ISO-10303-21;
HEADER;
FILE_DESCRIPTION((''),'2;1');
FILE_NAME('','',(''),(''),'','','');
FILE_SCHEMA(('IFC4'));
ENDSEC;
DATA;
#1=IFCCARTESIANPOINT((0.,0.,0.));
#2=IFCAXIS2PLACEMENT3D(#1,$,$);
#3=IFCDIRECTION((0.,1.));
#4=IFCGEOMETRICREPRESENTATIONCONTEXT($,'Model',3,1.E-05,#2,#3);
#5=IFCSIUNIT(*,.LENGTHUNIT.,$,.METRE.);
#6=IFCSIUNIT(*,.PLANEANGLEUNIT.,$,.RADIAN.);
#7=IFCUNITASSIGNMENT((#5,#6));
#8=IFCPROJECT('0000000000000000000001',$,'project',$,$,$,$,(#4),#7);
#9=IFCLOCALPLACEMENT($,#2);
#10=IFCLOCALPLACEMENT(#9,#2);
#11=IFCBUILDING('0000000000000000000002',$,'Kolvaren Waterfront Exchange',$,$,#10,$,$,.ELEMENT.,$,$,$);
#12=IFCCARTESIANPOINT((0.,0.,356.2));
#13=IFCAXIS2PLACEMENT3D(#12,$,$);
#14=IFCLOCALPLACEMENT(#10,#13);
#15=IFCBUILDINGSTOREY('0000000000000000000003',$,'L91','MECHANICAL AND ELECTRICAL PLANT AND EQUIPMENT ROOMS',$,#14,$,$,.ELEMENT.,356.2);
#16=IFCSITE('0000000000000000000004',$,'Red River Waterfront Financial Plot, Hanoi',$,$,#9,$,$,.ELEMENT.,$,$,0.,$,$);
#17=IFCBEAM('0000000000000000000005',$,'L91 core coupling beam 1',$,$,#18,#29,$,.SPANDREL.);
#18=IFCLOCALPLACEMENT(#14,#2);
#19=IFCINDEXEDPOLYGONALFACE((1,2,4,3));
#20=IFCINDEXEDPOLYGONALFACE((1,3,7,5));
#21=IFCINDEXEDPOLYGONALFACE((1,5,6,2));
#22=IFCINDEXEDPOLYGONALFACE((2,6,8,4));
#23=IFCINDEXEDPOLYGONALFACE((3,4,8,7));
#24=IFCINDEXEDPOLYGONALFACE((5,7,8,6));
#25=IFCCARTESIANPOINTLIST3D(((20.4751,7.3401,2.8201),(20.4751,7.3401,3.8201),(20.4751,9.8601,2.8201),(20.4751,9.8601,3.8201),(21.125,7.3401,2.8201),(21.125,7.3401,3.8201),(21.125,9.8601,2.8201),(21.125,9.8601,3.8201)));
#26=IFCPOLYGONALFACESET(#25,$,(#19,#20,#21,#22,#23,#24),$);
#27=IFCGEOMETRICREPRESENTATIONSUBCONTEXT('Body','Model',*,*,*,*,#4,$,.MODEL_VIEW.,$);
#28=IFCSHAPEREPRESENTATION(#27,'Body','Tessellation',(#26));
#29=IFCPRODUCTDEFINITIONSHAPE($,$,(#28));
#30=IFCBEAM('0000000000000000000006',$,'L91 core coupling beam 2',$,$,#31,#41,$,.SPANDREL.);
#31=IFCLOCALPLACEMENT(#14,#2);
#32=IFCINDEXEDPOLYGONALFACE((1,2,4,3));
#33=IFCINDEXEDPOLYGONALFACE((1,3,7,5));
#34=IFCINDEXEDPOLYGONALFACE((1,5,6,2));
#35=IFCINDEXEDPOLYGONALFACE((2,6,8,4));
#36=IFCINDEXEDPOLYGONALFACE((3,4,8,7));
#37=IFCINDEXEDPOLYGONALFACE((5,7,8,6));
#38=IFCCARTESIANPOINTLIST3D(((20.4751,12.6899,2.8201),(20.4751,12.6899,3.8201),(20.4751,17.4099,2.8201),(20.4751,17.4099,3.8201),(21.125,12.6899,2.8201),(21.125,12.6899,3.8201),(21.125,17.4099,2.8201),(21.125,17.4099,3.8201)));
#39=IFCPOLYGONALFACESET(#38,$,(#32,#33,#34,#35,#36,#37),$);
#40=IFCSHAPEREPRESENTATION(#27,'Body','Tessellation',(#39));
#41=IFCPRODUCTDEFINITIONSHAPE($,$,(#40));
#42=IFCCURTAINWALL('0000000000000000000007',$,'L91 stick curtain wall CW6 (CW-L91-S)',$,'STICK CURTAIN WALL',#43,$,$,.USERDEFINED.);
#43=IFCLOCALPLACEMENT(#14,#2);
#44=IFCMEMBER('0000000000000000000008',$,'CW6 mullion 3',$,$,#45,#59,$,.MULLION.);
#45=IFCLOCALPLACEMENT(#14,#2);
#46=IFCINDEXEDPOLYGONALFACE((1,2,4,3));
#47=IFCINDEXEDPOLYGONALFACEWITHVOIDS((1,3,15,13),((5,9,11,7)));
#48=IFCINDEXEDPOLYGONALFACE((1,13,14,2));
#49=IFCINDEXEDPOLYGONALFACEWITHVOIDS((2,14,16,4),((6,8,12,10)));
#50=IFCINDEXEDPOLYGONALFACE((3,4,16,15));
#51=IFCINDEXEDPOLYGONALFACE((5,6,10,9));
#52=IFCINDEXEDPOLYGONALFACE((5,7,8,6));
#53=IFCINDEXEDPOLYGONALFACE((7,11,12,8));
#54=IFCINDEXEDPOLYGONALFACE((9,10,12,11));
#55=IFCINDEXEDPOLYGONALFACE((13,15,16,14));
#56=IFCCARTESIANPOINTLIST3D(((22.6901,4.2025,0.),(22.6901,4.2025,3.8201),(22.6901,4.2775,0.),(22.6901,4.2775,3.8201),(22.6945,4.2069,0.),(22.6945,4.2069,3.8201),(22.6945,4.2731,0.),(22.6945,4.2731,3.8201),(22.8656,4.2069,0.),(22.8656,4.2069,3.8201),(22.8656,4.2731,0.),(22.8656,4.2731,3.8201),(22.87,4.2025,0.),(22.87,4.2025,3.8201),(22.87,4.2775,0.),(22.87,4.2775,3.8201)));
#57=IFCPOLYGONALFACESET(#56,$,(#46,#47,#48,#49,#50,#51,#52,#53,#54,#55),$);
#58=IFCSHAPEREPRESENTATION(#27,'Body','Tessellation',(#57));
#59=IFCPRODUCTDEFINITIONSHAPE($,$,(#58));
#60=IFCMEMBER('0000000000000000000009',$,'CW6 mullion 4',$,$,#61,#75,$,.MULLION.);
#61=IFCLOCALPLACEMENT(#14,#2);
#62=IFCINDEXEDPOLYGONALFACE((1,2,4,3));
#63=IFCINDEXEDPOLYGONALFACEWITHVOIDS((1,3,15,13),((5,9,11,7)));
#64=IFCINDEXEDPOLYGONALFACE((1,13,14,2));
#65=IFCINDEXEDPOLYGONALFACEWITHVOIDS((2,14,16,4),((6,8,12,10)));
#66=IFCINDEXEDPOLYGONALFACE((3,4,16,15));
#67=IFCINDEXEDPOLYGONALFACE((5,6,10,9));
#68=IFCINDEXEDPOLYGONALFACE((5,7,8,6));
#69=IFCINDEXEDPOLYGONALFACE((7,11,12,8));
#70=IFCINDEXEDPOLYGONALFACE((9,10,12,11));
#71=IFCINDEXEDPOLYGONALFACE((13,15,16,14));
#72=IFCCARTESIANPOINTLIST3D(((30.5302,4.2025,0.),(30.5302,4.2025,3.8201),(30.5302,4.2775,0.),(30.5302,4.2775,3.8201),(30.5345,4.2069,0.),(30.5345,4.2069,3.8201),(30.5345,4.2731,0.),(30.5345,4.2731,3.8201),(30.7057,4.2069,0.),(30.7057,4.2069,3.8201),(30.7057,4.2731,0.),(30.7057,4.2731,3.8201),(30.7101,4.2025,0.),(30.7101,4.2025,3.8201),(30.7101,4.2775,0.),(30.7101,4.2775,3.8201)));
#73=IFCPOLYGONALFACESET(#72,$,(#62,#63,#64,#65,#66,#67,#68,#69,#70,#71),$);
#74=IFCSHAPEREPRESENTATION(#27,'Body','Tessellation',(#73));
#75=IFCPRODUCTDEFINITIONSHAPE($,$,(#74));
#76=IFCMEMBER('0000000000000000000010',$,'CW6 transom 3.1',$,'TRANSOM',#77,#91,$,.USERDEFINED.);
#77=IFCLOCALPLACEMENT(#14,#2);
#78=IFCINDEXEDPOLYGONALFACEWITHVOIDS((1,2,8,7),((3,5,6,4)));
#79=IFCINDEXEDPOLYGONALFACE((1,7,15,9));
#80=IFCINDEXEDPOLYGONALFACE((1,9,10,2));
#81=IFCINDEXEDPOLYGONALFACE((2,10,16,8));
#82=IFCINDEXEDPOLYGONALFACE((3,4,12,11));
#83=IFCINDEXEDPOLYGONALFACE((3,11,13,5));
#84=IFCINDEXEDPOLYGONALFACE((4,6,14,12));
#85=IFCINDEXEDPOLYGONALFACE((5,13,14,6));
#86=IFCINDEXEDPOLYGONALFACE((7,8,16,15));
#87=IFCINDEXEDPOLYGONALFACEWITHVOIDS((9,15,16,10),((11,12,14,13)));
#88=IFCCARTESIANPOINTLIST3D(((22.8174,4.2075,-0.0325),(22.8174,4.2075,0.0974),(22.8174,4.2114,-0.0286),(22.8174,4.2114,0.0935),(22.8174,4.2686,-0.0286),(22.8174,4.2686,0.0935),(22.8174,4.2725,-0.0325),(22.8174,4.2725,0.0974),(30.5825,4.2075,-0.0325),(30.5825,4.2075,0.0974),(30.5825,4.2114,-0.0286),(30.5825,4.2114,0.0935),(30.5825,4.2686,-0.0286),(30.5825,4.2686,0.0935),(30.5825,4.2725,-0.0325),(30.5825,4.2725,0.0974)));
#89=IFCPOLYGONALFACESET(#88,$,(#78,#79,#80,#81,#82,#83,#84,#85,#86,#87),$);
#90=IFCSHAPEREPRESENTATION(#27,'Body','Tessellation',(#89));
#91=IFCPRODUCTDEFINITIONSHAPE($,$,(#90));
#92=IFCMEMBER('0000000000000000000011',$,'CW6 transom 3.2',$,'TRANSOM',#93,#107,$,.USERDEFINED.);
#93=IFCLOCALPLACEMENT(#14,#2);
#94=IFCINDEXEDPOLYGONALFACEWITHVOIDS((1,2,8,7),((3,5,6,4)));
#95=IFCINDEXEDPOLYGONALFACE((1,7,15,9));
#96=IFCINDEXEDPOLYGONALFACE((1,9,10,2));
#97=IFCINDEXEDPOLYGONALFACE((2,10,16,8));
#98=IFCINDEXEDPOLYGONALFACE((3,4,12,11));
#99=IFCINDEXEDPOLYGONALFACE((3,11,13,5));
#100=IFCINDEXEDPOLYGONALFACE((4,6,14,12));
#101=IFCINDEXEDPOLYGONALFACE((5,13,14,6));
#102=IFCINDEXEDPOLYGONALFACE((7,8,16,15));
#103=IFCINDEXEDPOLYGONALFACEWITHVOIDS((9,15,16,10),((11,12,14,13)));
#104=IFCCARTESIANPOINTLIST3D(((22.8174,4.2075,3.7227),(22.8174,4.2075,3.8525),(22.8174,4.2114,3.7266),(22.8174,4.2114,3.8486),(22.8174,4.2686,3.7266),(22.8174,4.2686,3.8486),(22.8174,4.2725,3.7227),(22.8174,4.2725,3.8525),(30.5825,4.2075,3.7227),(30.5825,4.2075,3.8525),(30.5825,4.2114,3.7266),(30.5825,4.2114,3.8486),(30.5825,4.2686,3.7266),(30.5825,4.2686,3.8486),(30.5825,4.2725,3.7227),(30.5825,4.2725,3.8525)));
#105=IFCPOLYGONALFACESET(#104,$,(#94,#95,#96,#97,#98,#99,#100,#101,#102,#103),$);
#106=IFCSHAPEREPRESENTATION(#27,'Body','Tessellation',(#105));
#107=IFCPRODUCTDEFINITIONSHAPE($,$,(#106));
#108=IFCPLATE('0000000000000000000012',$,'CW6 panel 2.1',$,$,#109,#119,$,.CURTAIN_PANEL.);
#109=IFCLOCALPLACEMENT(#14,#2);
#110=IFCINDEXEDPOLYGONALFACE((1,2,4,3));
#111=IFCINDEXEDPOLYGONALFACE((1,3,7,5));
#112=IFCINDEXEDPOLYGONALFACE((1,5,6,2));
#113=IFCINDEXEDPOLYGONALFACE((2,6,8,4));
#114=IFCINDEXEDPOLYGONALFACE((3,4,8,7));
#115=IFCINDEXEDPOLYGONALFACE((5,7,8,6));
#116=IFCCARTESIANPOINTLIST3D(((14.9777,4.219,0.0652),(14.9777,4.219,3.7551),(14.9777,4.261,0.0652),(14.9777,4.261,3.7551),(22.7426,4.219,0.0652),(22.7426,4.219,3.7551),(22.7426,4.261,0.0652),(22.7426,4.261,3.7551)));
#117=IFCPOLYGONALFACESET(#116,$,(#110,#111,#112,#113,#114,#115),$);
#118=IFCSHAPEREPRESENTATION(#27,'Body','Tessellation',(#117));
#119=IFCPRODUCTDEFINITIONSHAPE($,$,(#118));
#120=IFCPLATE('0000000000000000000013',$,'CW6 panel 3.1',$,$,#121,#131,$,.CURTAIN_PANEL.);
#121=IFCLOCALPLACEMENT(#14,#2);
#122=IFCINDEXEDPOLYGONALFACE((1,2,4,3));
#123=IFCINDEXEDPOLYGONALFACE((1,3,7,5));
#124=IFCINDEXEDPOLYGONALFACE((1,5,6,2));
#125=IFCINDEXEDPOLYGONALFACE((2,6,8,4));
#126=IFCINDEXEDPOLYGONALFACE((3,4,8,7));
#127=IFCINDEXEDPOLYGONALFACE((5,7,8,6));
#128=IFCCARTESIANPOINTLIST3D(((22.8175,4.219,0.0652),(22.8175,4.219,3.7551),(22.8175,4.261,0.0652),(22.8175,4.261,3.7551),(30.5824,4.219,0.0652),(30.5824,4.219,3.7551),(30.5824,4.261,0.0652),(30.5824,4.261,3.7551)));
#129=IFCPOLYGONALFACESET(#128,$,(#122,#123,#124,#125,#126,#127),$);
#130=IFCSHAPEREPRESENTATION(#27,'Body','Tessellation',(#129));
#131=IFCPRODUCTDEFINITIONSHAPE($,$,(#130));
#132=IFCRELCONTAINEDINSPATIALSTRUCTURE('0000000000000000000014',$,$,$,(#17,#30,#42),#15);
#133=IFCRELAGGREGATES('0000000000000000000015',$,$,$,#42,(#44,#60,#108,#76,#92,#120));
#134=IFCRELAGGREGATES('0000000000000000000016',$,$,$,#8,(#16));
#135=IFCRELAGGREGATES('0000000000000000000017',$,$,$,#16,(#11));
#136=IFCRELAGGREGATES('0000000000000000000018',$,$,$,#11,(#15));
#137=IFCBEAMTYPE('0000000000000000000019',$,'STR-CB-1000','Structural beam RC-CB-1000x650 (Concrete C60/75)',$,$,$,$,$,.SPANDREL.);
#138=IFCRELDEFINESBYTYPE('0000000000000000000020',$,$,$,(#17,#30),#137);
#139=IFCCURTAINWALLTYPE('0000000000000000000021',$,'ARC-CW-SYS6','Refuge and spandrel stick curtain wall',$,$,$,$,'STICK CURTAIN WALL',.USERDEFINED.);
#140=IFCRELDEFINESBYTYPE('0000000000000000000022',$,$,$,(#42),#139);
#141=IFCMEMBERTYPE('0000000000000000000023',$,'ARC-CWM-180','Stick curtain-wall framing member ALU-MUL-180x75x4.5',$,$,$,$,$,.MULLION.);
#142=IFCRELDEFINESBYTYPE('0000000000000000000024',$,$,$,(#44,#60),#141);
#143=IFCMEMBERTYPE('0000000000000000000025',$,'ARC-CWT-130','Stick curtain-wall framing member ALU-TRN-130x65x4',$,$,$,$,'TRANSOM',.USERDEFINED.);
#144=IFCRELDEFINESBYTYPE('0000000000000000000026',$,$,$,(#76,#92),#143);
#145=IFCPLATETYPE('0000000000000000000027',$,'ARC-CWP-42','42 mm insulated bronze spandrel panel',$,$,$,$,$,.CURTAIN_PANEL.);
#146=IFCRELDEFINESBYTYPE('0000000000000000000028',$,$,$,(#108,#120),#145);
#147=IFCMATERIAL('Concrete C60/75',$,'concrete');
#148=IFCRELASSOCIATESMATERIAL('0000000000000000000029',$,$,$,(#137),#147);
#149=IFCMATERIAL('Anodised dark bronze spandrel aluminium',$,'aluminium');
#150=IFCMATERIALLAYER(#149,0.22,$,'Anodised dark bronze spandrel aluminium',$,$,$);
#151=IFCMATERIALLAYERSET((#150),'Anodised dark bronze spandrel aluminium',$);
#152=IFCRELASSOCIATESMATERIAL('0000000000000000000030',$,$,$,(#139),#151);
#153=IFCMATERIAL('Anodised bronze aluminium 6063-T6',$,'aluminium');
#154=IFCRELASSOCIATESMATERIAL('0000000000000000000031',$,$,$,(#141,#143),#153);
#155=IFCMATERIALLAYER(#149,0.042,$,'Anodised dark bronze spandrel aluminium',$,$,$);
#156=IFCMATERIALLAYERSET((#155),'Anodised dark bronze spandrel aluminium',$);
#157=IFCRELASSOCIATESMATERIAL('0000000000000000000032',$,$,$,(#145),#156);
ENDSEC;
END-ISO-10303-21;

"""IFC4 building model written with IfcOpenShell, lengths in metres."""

from ifc_helpers import new_model, si_unit, direction, frame, origin, origin_with_axes, origin_2d, place, context, subcontext, project, spatial, rectangle, hollow_rectangle, extrude, source, transform, mapped, material, layer, layer_set, material_profile, profile_set, type_object, element, aggregate, save


model = new_model("IFC4")

# Units and contexts
model_context = context("Model", 3, precision=1e-05, world=origin(), true_north=direction((0.0, 1.0)))
body_context = subcontext(model_context, "Body", "Model", "MODEL_VIEW")
ifc_project = project(units=[si_unit("LENGTHUNIT", "METRE"), si_unit("PLANEANGLEUNIT", "RADIAN")], contexts=[model_context])

# Site, building, storey
site_placement = place(None, origin())
site = spatial("IfcSite", under=ifc_project, at=site_placement, Name="Red River Waterfront Financial Plot, Hanoi", CompositionType="ELEMENT", RefElevation=0.0)
building_placement = place(site_placement, origin())
building = spatial("IfcBuilding", under=site, at=building_placement, Name="Kolvaren Waterfront Exchange", CompositionType="ELEMENT")
storey_placement = place(building_placement, frame((0.0, 0.0, 356.2)))
storey = spatial("IfcBuildingStorey", under=building, at=storey_placement, Name="L91", Description="MECHANICAL AND ELECTRICAL PLANT AND EQUIPMENT ROOMS", CompositionType="ELEMENT", Elevation=356.2)

# Beams
ifc_material_1 = material(Name="Concrete C60/75", Category="concrete")
ifc_material_profile_1 = material_profile(ifc_material_1, rectangle(XDim=0.6499, YDim=1.0, at=origin_2d()), Name="RC-CB-1000x650")
ifc_profile_set_1 = profile_set([ifc_material_profile_1], Name="Concrete C60/75")
beam_type_1 = type_object("IfcBeamType", Name="STR-CB-1000", Description="Structural beam RC-CB-1000x650 (Concrete C60/75)", PredefinedType="SPANDREL", material=ifc_profile_set_1)
beam_1_placement = place(storey_placement, frame((20.8, 7.3401, 3.3201), z_axis=(0.0, 1.0, 0.0), x_axis=(-1.0, 0.0, 0.0)))
element("IfcBeam", 1, at=beam_1_placement, inside=storey, type_object=beam_type_1, Name="L91 core coupling beam 1", PredefinedType="SPANDREL", context=body_context, shape_type="SweptSolid", body=[
    extrude(rectangle(XDim=0.6499, YDim=1.0, at=origin_2d()), origin(), (0.0, 0.0, 1.0), 2.52),
])
beam_2_placement = place(storey_placement, frame((20.8, 12.6899, 3.3201), z_axis=(0.0, 1.0, 0.0), x_axis=(-1.0, 0.0, 0.0)))
element("IfcBeam", 2, at=beam_2_placement, inside=storey, type_object=beam_type_1, Name="L91 core coupling beam 2", PredefinedType="SPANDREL", context=body_context, shape_type="SweptSolid", body=[
    extrude(rectangle(XDim=0.6499, YDim=1.0, at=origin_2d()), origin(), (0.0, 0.0, 1.0), 4.72),
])

# Curtain wall, members, plates
ifc_material_2 = material(Name="Anodised dark bronze spandrel aluminium", Category="aluminium")
ifc_layer_1 = layer(ifc_material_2, 0.22, Name="Anodised dark bronze spandrel aluminium")
ifc_layer_set_1 = layer_set([ifc_layer_1], Name="Anodised dark bronze spandrel aluminium")
curtain_wall_type = type_object("IfcCurtainWallType", Name="ARC-CW-SYS6", Description="Refuge and spandrel stick curtain wall", ElementType="STICK CURTAIN WALL", PredefinedType="USERDEFINED", material=ifc_layer_set_1)
curtain_wall_placement = place(storey_placement, origin())
curtain_wall = element("IfcCurtainWall", 3, at=curtain_wall_placement, inside=storey, type_object=curtain_wall_type, Name="L91 stick curtain wall CW6 (CW-L91-S)", ObjectType="STICK CURTAIN WALL", PredefinedType="USERDEFINED")
ifc_material_3 = material(Name="Anodised bronze aluminium 6063-T6", Category="aluminium")
ifc_material_profile_2 = material_profile(ifc_material_3, hollow_rectangle(XDim=0.075, YDim=0.1799, WallThickness=0.0044, at=origin_2d()), Name="ALU-MUL-180x75x4.5")
ifc_profile_set_2 = profile_set([ifc_material_profile_2], Name="Anodised bronze aluminium 6063-T6")
member_type_1 = type_object("IfcMemberType", Name="ARC-CWM-180", Description="Stick curtain-wall framing member ALU-MUL-180x75x4.5", PredefinedType="MULLION", material=ifc_profile_set_2)
shared_shape_1 = source(origin_with_axes(), body_context, "Body", "SweptSolid", [
    extrude(hollow_rectangle(XDim=0.075, YDim=0.1799, WallThickness=0.0044, at=origin_2d()), origin(), (0.0, 0.0, 1.0), 3.8201),
])
member_1_placement = place(storey_placement, frame((22.78, 4.24, 0.0), z_axis=(0.0, 0.0, 1.0), x_axis=(0.0, 1.0, 0.0)))
member_1 = element("IfcMember", 4, at=member_1_placement, type_object=member_type_1, Name="CW6 mullion 3", PredefinedType="MULLION", context=body_context, shape_type="MappedRepresentation", body=[
    mapped(shared_shape_1, transform((0.0, 0.0, 0.0), x_axis=(1.0, 0.0, 0.0), y_axis=(0.0, 1.0, 0.0), z_axis=(0.0, 0.0, 1.0), scale=1.0)),
])
member_2_placement = place(storey_placement, frame((30.6201, 4.24, 0.0), z_axis=(0.0, 0.0, 1.0), x_axis=(0.0, 1.0, 0.0)))
member_2 = element("IfcMember", 5, at=member_2_placement, type_object=member_type_1, Name="CW6 mullion 4", PredefinedType="MULLION", context=body_context, shape_type="MappedRepresentation", body=[
    mapped(shared_shape_1, transform((0.0, 0.0, 0.0), x_axis=(1.0, 0.0, 0.0), y_axis=(0.0, 1.0, 0.0), z_axis=(0.0, 0.0, 1.0), scale=1.0)),
])
ifc_material_profile_3 = material_profile(ifc_material_3, hollow_rectangle(XDim=0.0649, YDim=0.1299, WallThickness=0.0039, at=origin_2d()), Name="ALU-TRN-130x65x4")
ifc_profile_set_3 = profile_set([ifc_material_profile_3], Name="Anodised bronze aluminium 6063-T6")
member_type_2 = type_object("IfcMemberType", Name="ARC-CWT-130", Description="Stick curtain-wall framing member ALU-TRN-130x65x4", ElementType="TRANSOM", PredefinedType="USERDEFINED", material=ifc_profile_set_3)
shared_shape_2 = source(origin_with_axes(), body_context, "Body", "SweptSolid", [
    extrude(hollow_rectangle(XDim=0.0649, YDim=0.1299, WallThickness=0.0039, at=origin_2d()), origin(), (0.0, 0.0, 1.0), 7.7651),
])
member_3_placement = place(storey_placement, frame((22.8174, 4.24, 0.0325), z_axis=(1.0, 0.0, 0.0), x_axis=(0.0, 1.0, 0.0)))
member_3 = element("IfcMember", 6, at=member_3_placement, type_object=member_type_2, Name="CW6 transom 3.1", ObjectType="TRANSOM", PredefinedType="USERDEFINED", context=body_context, shape_type="MappedRepresentation", body=[
    mapped(shared_shape_2, transform((0.0, 0.0, 0.0), x_axis=(1.0, 0.0, 0.0), y_axis=(0.0, 1.0, 0.0), z_axis=(0.0, 0.0, 1.0), scale=1.0)),
])
member_4_placement = place(storey_placement, frame((22.8174, 4.24, 3.7876), z_axis=(1.0, 0.0, 0.0), x_axis=(0.0, 1.0, 0.0)))
member_4 = element("IfcMember", 7, at=member_4_placement, type_object=member_type_2, Name="CW6 transom 3.2", ObjectType="TRANSOM", PredefinedType="USERDEFINED", context=body_context, shape_type="MappedRepresentation", body=[
    mapped(shared_shape_2, transform((0.0, 0.0, 0.0), x_axis=(1.0, 0.0, 0.0), y_axis=(0.0, 1.0, 0.0), z_axis=(0.0, 0.0, 1.0), scale=1.0)),
])
ifc_layer_2 = layer(ifc_material_2, 0.042, Name="Anodised dark bronze spandrel aluminium")
ifc_layer_set_2 = layer_set([ifc_layer_2], Name="Anodised dark bronze spandrel aluminium")
plate_type = type_object("IfcPlateType", Name="ARC-CWP-42", Description="42 mm insulated bronze spandrel panel", PredefinedType="CURTAIN_PANEL", material=ifc_layer_set_2)
shared_shape_3 = source(origin_with_axes(), body_context, "Body", "SweptSolid", [
    extrude(rectangle(XDim=7.7649, YDim=0.042, at=origin_2d()), origin(), (0.0, 0.0, 1.0), 3.6899),
])
plate_1_placement = place(storey_placement, frame((18.8601, 4.24, 0.0652), z_axis=(0.0, 0.0, 1.0), x_axis=(1.0, 0.0, 0.0)))
plate_1 = element("IfcPlate", 8, at=plate_1_placement, type_object=plate_type, Name="CW6 panel 2.1", PredefinedType="CURTAIN_PANEL", context=body_context, shape_type="MappedRepresentation", body=[
    mapped(shared_shape_3, transform((0.0, 0.0, 0.0), x_axis=(1.0, 0.0, 0.0), y_axis=(0.0, 1.0, 0.0), z_axis=(0.0, 0.0, 1.0), scale=1.0)),
])
plate_2_placement = place(storey_placement, frame((26.7, 4.24, 0.0652), z_axis=(0.0, 0.0, 1.0), x_axis=(1.0, 0.0, 0.0)))
plate_2 = element("IfcPlate", 9, at=plate_2_placement, type_object=plate_type, Name="CW6 panel 3.1", PredefinedType="CURTAIN_PANEL", context=body_context, shape_type="MappedRepresentation", body=[
    mapped(shared_shape_3, transform((0.0, 0.0, 0.0), x_axis=(1.0, 0.0, 0.0), y_axis=(0.0, 1.0, 0.0), z_axis=(0.0, 0.0, 1.0), scale=1.0)),
])
aggregate(curtain_wall, [member_1, member_2, plate_1, member_3, member_4, plate_2])

save(model, "model.ifc")
